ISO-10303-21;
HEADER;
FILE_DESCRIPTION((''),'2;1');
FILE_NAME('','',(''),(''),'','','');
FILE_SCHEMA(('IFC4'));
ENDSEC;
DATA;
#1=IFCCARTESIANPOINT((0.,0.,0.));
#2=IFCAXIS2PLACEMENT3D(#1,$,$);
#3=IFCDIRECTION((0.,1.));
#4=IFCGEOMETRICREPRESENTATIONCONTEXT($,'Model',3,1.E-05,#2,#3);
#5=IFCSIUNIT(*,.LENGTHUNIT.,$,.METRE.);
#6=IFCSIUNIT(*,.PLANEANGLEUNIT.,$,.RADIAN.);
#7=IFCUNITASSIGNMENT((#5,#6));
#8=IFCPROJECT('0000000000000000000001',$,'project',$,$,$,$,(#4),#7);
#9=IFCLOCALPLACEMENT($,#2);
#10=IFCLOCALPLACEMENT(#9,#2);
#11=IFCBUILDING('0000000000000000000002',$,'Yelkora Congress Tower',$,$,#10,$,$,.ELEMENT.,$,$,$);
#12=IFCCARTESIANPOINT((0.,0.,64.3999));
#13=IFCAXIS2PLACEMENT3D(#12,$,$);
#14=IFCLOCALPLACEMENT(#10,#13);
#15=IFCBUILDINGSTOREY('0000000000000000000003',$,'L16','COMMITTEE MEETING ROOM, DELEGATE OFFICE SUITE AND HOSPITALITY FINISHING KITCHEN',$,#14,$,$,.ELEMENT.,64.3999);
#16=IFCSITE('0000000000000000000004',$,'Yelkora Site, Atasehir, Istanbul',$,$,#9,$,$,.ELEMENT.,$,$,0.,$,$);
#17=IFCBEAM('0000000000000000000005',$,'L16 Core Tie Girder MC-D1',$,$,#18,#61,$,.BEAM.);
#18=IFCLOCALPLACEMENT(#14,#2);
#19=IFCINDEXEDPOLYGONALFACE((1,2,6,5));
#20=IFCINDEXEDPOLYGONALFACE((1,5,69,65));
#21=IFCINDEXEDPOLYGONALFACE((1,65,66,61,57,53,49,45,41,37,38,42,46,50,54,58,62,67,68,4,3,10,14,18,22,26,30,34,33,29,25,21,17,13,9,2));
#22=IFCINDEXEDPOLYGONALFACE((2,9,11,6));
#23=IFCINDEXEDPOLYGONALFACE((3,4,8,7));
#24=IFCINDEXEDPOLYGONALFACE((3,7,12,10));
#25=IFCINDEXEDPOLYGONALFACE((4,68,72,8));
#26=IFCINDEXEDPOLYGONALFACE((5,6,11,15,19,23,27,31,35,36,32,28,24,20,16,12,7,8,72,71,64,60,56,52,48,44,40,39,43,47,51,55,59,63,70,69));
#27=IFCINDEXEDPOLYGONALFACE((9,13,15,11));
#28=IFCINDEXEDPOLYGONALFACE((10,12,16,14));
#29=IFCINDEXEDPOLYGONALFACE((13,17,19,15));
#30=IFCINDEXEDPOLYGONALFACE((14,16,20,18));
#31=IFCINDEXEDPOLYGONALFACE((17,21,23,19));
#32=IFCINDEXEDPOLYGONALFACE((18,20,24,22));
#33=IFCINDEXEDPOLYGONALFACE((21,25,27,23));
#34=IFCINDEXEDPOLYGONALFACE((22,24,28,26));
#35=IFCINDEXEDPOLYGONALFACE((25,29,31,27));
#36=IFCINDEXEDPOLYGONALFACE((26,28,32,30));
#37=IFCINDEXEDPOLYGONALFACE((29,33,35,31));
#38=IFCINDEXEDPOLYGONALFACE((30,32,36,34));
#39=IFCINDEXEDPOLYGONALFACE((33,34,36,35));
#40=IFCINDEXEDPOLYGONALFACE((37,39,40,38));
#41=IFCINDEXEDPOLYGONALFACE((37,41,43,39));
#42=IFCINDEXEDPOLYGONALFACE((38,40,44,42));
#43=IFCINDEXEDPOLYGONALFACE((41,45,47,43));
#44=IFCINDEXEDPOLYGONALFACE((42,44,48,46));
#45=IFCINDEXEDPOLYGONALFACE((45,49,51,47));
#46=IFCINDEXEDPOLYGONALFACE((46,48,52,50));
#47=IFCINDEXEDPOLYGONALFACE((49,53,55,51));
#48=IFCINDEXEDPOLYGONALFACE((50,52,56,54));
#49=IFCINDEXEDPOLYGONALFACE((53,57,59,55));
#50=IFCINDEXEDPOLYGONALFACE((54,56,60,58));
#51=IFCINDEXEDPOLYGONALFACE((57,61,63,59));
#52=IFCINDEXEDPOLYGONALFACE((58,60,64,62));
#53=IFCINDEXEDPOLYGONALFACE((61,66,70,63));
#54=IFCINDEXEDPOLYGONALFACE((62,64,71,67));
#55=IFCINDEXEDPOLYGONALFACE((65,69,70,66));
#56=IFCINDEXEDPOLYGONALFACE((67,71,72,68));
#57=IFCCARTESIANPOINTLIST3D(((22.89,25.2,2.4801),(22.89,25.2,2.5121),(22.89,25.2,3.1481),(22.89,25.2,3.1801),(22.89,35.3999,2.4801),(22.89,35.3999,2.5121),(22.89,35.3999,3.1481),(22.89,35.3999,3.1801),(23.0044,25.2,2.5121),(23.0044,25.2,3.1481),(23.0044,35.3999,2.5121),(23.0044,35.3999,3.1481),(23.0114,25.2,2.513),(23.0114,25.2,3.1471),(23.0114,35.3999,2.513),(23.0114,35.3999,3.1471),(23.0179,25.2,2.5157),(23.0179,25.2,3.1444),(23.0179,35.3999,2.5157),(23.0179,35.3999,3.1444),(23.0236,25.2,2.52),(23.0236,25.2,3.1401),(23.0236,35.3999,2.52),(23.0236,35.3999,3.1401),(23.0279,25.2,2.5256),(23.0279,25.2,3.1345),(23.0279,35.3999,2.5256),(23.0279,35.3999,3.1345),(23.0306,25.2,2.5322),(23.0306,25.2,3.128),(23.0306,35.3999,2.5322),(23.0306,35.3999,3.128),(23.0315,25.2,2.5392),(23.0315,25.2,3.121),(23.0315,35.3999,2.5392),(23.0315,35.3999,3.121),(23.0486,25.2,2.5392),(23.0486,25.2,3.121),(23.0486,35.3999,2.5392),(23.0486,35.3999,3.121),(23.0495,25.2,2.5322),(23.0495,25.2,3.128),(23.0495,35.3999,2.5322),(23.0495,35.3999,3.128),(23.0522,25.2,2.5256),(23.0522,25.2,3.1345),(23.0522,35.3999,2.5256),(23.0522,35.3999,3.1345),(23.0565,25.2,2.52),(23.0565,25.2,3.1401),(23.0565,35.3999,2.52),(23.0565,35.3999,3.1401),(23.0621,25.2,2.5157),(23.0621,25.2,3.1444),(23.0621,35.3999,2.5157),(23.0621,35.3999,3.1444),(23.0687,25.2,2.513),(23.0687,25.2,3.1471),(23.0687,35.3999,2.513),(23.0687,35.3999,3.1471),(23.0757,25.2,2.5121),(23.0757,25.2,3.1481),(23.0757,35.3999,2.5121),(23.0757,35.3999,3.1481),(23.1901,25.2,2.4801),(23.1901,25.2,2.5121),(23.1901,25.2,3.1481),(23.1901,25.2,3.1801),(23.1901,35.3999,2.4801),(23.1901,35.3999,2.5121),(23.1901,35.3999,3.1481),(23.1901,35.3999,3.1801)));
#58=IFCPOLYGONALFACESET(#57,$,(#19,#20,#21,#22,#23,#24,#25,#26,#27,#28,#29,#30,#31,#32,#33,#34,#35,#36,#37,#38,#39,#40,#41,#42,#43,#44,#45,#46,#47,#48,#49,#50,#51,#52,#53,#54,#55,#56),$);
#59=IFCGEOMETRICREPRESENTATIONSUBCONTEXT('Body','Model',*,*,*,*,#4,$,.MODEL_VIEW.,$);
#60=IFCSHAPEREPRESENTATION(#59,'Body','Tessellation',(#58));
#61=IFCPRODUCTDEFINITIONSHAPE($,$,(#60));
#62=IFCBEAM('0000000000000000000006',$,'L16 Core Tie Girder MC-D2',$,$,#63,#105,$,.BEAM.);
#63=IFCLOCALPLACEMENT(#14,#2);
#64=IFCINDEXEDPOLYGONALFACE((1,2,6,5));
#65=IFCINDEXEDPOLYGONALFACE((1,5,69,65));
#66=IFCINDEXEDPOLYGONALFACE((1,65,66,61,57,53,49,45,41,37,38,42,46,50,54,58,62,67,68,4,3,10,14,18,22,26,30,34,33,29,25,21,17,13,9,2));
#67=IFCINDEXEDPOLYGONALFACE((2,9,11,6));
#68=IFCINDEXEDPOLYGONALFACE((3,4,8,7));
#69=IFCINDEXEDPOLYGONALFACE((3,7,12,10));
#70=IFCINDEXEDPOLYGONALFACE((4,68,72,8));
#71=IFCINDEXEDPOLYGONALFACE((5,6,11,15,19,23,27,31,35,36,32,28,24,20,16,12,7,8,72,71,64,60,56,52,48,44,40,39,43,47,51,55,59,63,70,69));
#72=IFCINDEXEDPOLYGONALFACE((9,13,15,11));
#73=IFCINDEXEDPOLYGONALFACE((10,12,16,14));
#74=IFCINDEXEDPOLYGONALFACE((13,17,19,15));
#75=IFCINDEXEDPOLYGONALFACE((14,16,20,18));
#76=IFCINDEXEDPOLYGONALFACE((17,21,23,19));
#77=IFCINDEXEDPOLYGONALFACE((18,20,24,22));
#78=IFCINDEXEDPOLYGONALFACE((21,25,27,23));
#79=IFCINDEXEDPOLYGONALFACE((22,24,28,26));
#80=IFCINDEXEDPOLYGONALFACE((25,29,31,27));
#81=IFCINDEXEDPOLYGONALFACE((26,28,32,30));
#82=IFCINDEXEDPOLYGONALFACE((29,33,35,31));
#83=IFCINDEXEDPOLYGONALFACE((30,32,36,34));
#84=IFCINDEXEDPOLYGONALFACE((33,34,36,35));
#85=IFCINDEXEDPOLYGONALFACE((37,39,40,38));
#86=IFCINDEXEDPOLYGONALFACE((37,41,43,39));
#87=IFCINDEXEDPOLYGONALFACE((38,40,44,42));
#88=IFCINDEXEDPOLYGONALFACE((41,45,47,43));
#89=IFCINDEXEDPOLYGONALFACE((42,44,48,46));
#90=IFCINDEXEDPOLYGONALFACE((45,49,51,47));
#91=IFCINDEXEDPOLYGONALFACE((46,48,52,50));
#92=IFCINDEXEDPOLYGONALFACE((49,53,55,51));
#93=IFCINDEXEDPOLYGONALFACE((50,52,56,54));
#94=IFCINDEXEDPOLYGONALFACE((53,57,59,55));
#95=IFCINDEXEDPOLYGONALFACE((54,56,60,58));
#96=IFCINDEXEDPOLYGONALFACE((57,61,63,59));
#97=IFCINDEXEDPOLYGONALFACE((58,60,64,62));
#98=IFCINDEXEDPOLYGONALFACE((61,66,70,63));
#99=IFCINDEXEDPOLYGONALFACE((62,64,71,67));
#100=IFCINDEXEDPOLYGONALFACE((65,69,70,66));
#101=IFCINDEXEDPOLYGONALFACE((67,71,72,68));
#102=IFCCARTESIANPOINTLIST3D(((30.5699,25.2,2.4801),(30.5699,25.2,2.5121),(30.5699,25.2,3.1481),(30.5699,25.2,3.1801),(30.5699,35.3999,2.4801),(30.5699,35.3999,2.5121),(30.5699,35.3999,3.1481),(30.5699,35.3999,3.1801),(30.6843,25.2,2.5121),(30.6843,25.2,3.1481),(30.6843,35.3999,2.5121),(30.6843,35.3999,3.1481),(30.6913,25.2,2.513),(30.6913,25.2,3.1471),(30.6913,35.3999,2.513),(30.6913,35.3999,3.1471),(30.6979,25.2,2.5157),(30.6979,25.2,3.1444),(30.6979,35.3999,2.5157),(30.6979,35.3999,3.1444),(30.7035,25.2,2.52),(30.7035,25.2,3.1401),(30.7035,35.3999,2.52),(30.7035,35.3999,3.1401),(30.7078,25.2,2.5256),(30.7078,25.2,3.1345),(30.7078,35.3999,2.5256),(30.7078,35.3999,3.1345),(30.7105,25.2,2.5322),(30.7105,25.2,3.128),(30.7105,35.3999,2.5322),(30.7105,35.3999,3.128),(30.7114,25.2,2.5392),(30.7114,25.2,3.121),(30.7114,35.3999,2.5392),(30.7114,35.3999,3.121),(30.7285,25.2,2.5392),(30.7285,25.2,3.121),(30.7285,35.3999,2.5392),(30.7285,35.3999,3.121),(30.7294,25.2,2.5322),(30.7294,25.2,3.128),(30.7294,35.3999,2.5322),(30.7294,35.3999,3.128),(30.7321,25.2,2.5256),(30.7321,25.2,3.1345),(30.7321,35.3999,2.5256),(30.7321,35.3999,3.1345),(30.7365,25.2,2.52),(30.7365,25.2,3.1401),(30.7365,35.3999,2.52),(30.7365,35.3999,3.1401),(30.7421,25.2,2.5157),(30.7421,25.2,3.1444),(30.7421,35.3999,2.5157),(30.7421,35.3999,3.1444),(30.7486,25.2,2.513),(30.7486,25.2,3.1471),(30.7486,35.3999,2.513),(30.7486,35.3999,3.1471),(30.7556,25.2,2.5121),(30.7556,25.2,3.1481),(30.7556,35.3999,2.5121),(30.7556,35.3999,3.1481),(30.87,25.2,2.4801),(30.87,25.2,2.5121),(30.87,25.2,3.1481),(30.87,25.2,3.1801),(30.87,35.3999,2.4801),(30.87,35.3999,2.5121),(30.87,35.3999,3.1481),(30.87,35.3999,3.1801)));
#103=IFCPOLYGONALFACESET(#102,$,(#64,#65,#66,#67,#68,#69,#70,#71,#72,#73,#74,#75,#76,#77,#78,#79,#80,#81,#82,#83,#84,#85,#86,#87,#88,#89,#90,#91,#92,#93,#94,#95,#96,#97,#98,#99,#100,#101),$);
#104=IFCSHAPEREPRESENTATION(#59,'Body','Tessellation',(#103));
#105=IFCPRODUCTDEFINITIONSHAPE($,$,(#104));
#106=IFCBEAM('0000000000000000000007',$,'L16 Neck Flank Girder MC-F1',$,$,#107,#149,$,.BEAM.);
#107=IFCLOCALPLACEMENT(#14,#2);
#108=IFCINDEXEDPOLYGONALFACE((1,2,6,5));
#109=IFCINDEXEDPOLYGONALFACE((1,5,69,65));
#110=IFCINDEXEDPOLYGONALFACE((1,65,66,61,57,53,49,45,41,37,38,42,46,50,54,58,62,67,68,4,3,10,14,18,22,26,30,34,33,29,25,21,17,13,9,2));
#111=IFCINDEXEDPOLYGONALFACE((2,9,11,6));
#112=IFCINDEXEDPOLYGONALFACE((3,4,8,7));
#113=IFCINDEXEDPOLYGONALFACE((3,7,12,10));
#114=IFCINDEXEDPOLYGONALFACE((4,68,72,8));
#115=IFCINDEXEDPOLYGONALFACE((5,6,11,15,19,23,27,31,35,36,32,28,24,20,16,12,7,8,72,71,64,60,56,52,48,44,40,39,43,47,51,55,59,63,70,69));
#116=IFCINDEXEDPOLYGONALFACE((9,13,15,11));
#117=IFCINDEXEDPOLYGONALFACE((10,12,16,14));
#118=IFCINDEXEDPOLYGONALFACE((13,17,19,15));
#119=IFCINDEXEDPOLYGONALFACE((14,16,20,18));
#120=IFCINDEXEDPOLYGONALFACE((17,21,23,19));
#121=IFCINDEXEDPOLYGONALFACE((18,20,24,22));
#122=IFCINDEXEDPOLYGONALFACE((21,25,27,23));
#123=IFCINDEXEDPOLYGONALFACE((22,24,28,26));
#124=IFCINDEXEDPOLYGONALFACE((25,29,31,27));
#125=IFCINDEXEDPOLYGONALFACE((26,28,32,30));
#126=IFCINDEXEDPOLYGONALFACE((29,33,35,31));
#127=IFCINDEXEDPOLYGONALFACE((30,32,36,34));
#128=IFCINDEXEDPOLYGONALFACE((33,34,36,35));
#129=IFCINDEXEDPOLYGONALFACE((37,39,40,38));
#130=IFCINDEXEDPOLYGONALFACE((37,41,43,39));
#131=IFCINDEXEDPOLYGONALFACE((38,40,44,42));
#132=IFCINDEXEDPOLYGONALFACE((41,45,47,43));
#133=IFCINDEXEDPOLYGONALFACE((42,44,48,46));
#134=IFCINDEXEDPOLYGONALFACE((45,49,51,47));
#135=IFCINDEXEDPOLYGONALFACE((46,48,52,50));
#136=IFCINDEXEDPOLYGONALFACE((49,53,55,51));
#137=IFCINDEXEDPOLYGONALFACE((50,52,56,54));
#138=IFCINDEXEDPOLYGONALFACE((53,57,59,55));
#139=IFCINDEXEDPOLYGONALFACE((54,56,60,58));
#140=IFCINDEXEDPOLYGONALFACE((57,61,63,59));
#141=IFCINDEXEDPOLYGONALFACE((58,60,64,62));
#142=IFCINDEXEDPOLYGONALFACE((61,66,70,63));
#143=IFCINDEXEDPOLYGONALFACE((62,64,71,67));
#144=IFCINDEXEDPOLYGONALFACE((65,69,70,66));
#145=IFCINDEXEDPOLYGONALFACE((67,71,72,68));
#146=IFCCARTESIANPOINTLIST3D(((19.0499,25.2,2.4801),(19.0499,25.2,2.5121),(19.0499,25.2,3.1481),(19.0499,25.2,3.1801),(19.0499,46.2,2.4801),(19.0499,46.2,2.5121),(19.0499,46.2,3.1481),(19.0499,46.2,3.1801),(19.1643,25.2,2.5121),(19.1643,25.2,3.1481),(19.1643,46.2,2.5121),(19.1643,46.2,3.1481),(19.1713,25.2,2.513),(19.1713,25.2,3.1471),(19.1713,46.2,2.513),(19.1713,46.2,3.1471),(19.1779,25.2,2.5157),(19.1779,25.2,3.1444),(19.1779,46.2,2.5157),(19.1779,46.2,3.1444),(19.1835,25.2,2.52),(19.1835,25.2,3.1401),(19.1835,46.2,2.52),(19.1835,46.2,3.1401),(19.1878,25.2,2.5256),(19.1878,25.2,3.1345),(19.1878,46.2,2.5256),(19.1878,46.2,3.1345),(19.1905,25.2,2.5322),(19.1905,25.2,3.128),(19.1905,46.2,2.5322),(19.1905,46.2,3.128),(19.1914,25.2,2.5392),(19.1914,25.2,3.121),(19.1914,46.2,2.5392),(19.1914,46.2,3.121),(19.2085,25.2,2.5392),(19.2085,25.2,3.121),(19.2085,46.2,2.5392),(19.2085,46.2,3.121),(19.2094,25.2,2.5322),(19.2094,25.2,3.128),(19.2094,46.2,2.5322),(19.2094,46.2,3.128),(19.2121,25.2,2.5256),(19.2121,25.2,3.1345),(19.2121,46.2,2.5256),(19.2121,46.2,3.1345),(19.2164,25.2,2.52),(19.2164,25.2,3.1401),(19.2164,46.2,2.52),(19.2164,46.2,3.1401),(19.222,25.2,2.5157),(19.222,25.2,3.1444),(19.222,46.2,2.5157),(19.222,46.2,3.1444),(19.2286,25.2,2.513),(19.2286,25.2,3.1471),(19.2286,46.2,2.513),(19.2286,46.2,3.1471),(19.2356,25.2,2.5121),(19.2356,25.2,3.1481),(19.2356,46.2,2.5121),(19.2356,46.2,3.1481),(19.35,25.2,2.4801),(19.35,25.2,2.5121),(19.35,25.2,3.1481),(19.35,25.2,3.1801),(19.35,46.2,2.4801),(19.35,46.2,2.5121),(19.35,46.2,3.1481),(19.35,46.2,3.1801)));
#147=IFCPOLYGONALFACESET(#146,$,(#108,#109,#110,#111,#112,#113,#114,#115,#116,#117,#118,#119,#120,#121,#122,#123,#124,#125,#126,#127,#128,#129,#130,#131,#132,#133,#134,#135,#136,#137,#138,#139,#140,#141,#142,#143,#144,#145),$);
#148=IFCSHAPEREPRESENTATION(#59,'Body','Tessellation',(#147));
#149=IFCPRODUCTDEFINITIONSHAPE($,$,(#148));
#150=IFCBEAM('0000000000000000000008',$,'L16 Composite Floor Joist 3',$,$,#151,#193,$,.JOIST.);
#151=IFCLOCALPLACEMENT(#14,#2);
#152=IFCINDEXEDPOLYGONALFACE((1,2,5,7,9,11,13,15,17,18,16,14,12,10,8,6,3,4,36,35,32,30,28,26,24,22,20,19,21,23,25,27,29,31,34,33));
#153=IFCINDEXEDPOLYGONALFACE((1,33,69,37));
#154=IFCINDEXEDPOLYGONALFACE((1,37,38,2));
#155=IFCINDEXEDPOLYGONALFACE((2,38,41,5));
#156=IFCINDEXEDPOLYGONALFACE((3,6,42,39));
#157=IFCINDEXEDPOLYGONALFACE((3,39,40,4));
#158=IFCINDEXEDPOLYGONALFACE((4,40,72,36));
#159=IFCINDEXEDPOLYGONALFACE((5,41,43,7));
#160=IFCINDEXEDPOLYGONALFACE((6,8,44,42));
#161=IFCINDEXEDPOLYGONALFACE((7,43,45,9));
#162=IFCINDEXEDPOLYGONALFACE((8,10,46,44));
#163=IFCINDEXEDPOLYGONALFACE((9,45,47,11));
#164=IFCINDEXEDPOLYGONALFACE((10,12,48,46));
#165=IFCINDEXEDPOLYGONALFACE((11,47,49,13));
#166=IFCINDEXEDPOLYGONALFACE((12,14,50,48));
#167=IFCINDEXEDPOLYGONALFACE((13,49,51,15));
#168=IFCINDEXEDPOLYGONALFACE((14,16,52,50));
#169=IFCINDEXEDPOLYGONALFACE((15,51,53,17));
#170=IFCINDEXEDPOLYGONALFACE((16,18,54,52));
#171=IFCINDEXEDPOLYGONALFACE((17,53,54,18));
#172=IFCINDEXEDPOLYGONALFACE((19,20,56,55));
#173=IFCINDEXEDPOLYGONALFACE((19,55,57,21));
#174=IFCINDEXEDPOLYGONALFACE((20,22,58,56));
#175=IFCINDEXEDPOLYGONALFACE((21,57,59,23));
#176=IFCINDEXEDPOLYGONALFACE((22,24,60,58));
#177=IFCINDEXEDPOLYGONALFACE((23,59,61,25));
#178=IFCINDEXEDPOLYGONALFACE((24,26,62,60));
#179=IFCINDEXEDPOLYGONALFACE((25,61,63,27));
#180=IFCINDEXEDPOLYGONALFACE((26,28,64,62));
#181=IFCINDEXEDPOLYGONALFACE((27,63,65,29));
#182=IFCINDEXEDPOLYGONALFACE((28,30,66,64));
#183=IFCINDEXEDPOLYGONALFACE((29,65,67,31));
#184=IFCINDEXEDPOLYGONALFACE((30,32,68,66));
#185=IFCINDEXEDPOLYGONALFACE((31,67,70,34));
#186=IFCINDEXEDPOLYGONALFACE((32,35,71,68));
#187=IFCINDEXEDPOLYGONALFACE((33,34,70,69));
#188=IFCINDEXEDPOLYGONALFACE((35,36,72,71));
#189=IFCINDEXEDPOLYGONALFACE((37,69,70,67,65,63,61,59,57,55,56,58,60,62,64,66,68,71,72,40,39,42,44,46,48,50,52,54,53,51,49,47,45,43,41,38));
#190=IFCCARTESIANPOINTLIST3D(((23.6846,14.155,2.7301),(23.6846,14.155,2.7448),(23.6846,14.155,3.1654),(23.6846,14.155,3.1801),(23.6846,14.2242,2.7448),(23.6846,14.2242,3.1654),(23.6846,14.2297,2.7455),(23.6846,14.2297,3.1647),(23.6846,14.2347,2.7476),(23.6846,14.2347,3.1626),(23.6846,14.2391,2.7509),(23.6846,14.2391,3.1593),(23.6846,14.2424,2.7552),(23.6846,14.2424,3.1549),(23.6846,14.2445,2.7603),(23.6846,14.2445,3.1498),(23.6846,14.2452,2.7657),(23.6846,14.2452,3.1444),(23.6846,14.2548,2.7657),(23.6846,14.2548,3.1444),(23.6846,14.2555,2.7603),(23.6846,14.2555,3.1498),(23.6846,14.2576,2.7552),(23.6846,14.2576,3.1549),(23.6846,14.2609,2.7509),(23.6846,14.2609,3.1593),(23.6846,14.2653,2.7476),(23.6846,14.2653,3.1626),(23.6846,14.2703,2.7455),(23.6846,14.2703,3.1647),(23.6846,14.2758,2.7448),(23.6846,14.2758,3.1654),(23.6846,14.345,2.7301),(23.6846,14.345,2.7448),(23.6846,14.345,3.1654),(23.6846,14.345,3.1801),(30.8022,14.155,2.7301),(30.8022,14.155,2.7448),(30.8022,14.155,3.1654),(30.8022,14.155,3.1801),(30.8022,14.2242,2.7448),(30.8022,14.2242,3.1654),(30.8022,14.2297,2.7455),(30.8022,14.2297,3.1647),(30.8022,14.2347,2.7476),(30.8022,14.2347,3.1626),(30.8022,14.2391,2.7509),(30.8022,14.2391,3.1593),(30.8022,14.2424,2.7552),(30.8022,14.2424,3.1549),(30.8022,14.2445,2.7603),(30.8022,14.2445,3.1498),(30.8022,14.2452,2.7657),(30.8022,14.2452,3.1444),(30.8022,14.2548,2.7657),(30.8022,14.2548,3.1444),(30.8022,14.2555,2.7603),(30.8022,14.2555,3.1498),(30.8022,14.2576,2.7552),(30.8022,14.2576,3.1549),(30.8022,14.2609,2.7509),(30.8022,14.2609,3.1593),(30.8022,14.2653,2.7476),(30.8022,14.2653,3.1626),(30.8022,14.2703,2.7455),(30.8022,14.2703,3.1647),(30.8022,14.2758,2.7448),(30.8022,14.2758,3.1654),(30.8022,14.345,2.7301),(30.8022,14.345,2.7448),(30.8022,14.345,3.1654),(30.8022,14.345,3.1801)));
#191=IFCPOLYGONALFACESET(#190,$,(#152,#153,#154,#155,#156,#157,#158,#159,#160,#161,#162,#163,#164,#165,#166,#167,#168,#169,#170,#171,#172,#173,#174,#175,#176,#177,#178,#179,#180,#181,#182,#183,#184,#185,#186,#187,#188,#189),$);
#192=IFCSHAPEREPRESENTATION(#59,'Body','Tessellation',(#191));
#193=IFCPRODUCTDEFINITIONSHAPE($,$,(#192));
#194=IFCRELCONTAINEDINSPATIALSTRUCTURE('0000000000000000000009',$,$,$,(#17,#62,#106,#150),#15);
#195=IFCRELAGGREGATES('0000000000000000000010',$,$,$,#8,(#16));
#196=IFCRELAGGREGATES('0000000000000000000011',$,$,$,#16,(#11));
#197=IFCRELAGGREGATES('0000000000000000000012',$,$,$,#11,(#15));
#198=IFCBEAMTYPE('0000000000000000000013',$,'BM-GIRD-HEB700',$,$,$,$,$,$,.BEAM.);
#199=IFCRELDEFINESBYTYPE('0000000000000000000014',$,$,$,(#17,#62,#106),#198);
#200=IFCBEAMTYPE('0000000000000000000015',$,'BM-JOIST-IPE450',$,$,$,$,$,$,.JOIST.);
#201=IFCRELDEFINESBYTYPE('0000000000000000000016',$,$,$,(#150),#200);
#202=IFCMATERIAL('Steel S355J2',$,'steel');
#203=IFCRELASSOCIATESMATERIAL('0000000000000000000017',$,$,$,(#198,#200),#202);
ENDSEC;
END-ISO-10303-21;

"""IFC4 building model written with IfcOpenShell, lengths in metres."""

from ifc_helpers import new_model, si_unit, direction, frame, origin, origin_2d, place, context, subcontext, project, spatial, i_section, extrude, material, material_profile, profile_set, type_object, element, save


model = new_model("IFC4")

# Units and contexts
model_context = context("Model", 3, precision=1e-05, world=origin(), true_north=direction((0.0, 1.0)))
body_context = subcontext(model_context, "Body", "Model", "MODEL_VIEW")
ifc_project = project(units=[si_unit("LENGTHUNIT", "METRE"), si_unit("PLANEANGLEUNIT", "RADIAN")], contexts=[model_context])

# Site, building, storey
site_placement = place(None, origin())
site = spatial("IfcSite", under=ifc_project, at=site_placement, Name="Yelkora Site, Atasehir, Istanbul", CompositionType="ELEMENT", RefElevation=0.0)
building_placement = place(site_placement, origin())
building = spatial("IfcBuilding", under=site, at=building_placement, Name="Yelkora Congress Tower", CompositionType="ELEMENT")
storey_placement = place(building_placement, frame((0.0, 0.0, 64.3999)))
storey = spatial("IfcBuildingStorey", under=building, at=storey_placement, Name="L16", Description="COMMITTEE MEETING ROOM, DELEGATE OFFICE SUITE AND HOSPITALITY FINISHING KITCHEN", CompositionType="ELEMENT", Elevation=64.3999)

# Beams
ifc_material_1 = material(Name="Steel S355J2", Category="steel")
ifc_material_profile_1 = material_profile(ifc_material_1, i_section(OverallWidth=0.3, OverallDepth=0.7, WebThickness=0.0171, FlangeThickness=0.032, FilletRadius=0.0271, at=origin_2d()), Name="HEB 700")
ifc_profile_set_1 = profile_set([ifc_material_profile_1], Name="Steel S355J2")
beam_type_1 = type_object("IfcBeamType", Name="BM-GIRD-HEB700", PredefinedType="BEAM", material=ifc_profile_set_1)
for number, where, z_axis, x_axis, name in (
    (1, (23.04, 25.2, 2.8301), (0.0, 1.0, 0.0), (-1.0, 0.0, 0.0), "L16 Core Tie Girder MC-D1"),
    (2, (30.72, 25.2, 2.8301), (0.0, 1.0, 0.0), (-1.0, 0.0, 0.0), "L16 Core Tie Girder MC-D2"),
):
    element("IfcBeam", number, at=place(storey_placement, frame(where, z_axis=z_axis, x_axis=x_axis)), inside=storey, type_object=beam_type_1, Name=name, PredefinedType="BEAM", context=body_context, shape_type="SweptSolid", body=[
        extrude(i_section(OverallWidth=0.3, OverallDepth=0.7, WebThickness=0.0171, FlangeThickness=0.032, FilletRadius=0.0271, at=origin_2d()), origin(), (0.0, 0.0, 1.0), 10.2),
    ])
beam_1_placement = place(storey_placement, frame((19.2, 25.2, 2.8301), z_axis=(0.0, 1.0, 0.0), x_axis=(-1.0, 0.0, 0.0)))
element("IfcBeam", 3, at=beam_1_placement, inside=storey, type_object=beam_type_1, Name="L16 Neck Flank Girder MC-F1", PredefinedType="BEAM", context=body_context, shape_type="SweptSolid", body=[
    extrude(i_section(OverallWidth=0.3, OverallDepth=0.7, WebThickness=0.0171, FlangeThickness=0.032, FilletRadius=0.0271, at=origin_2d()), origin(), (0.0, 0.0, 1.0), 21.0),
])
ifc_material_profile_2 = material_profile(ifc_material_1, i_section(OverallWidth=0.1899, OverallDepth=0.45, WebThickness=0.0095, FlangeThickness=0.0146, FilletRadius=0.021, at=origin_2d()), Name="IPE 450")
ifc_profile_set_2 = profile_set([ifc_material_profile_2], Name="Steel S355J2")
beam_type_2 = type_object("IfcBeamType", Name="BM-JOIST-IPE450", PredefinedType="JOIST", material=ifc_profile_set_2)
for number, where, z_axis, x_axis, name in (
    (4, (23.6846, 14.25, 2.9551), (1.0, 0.0, 0.0), (0.0, 1.0, 0.0), "L16 Composite Floor Joist 3"),
):
    element("IfcBeam", number, at=place(storey_placement, frame(where, z_axis=z_axis, x_axis=x_axis)), inside=storey, type_object=beam_type_2, Name=name, PredefinedType="JOIST", context=body_context, shape_type="SweptSolid", body=[
        extrude(i_section(OverallWidth=0.1899, OverallDepth=0.45, WebThickness=0.0095, FlangeThickness=0.0146, FilletRadius=0.021, at=origin_2d()), origin(), (0.0, 0.0, 1.0), 7.1177),
    ])

save(model, "model.ifc")
